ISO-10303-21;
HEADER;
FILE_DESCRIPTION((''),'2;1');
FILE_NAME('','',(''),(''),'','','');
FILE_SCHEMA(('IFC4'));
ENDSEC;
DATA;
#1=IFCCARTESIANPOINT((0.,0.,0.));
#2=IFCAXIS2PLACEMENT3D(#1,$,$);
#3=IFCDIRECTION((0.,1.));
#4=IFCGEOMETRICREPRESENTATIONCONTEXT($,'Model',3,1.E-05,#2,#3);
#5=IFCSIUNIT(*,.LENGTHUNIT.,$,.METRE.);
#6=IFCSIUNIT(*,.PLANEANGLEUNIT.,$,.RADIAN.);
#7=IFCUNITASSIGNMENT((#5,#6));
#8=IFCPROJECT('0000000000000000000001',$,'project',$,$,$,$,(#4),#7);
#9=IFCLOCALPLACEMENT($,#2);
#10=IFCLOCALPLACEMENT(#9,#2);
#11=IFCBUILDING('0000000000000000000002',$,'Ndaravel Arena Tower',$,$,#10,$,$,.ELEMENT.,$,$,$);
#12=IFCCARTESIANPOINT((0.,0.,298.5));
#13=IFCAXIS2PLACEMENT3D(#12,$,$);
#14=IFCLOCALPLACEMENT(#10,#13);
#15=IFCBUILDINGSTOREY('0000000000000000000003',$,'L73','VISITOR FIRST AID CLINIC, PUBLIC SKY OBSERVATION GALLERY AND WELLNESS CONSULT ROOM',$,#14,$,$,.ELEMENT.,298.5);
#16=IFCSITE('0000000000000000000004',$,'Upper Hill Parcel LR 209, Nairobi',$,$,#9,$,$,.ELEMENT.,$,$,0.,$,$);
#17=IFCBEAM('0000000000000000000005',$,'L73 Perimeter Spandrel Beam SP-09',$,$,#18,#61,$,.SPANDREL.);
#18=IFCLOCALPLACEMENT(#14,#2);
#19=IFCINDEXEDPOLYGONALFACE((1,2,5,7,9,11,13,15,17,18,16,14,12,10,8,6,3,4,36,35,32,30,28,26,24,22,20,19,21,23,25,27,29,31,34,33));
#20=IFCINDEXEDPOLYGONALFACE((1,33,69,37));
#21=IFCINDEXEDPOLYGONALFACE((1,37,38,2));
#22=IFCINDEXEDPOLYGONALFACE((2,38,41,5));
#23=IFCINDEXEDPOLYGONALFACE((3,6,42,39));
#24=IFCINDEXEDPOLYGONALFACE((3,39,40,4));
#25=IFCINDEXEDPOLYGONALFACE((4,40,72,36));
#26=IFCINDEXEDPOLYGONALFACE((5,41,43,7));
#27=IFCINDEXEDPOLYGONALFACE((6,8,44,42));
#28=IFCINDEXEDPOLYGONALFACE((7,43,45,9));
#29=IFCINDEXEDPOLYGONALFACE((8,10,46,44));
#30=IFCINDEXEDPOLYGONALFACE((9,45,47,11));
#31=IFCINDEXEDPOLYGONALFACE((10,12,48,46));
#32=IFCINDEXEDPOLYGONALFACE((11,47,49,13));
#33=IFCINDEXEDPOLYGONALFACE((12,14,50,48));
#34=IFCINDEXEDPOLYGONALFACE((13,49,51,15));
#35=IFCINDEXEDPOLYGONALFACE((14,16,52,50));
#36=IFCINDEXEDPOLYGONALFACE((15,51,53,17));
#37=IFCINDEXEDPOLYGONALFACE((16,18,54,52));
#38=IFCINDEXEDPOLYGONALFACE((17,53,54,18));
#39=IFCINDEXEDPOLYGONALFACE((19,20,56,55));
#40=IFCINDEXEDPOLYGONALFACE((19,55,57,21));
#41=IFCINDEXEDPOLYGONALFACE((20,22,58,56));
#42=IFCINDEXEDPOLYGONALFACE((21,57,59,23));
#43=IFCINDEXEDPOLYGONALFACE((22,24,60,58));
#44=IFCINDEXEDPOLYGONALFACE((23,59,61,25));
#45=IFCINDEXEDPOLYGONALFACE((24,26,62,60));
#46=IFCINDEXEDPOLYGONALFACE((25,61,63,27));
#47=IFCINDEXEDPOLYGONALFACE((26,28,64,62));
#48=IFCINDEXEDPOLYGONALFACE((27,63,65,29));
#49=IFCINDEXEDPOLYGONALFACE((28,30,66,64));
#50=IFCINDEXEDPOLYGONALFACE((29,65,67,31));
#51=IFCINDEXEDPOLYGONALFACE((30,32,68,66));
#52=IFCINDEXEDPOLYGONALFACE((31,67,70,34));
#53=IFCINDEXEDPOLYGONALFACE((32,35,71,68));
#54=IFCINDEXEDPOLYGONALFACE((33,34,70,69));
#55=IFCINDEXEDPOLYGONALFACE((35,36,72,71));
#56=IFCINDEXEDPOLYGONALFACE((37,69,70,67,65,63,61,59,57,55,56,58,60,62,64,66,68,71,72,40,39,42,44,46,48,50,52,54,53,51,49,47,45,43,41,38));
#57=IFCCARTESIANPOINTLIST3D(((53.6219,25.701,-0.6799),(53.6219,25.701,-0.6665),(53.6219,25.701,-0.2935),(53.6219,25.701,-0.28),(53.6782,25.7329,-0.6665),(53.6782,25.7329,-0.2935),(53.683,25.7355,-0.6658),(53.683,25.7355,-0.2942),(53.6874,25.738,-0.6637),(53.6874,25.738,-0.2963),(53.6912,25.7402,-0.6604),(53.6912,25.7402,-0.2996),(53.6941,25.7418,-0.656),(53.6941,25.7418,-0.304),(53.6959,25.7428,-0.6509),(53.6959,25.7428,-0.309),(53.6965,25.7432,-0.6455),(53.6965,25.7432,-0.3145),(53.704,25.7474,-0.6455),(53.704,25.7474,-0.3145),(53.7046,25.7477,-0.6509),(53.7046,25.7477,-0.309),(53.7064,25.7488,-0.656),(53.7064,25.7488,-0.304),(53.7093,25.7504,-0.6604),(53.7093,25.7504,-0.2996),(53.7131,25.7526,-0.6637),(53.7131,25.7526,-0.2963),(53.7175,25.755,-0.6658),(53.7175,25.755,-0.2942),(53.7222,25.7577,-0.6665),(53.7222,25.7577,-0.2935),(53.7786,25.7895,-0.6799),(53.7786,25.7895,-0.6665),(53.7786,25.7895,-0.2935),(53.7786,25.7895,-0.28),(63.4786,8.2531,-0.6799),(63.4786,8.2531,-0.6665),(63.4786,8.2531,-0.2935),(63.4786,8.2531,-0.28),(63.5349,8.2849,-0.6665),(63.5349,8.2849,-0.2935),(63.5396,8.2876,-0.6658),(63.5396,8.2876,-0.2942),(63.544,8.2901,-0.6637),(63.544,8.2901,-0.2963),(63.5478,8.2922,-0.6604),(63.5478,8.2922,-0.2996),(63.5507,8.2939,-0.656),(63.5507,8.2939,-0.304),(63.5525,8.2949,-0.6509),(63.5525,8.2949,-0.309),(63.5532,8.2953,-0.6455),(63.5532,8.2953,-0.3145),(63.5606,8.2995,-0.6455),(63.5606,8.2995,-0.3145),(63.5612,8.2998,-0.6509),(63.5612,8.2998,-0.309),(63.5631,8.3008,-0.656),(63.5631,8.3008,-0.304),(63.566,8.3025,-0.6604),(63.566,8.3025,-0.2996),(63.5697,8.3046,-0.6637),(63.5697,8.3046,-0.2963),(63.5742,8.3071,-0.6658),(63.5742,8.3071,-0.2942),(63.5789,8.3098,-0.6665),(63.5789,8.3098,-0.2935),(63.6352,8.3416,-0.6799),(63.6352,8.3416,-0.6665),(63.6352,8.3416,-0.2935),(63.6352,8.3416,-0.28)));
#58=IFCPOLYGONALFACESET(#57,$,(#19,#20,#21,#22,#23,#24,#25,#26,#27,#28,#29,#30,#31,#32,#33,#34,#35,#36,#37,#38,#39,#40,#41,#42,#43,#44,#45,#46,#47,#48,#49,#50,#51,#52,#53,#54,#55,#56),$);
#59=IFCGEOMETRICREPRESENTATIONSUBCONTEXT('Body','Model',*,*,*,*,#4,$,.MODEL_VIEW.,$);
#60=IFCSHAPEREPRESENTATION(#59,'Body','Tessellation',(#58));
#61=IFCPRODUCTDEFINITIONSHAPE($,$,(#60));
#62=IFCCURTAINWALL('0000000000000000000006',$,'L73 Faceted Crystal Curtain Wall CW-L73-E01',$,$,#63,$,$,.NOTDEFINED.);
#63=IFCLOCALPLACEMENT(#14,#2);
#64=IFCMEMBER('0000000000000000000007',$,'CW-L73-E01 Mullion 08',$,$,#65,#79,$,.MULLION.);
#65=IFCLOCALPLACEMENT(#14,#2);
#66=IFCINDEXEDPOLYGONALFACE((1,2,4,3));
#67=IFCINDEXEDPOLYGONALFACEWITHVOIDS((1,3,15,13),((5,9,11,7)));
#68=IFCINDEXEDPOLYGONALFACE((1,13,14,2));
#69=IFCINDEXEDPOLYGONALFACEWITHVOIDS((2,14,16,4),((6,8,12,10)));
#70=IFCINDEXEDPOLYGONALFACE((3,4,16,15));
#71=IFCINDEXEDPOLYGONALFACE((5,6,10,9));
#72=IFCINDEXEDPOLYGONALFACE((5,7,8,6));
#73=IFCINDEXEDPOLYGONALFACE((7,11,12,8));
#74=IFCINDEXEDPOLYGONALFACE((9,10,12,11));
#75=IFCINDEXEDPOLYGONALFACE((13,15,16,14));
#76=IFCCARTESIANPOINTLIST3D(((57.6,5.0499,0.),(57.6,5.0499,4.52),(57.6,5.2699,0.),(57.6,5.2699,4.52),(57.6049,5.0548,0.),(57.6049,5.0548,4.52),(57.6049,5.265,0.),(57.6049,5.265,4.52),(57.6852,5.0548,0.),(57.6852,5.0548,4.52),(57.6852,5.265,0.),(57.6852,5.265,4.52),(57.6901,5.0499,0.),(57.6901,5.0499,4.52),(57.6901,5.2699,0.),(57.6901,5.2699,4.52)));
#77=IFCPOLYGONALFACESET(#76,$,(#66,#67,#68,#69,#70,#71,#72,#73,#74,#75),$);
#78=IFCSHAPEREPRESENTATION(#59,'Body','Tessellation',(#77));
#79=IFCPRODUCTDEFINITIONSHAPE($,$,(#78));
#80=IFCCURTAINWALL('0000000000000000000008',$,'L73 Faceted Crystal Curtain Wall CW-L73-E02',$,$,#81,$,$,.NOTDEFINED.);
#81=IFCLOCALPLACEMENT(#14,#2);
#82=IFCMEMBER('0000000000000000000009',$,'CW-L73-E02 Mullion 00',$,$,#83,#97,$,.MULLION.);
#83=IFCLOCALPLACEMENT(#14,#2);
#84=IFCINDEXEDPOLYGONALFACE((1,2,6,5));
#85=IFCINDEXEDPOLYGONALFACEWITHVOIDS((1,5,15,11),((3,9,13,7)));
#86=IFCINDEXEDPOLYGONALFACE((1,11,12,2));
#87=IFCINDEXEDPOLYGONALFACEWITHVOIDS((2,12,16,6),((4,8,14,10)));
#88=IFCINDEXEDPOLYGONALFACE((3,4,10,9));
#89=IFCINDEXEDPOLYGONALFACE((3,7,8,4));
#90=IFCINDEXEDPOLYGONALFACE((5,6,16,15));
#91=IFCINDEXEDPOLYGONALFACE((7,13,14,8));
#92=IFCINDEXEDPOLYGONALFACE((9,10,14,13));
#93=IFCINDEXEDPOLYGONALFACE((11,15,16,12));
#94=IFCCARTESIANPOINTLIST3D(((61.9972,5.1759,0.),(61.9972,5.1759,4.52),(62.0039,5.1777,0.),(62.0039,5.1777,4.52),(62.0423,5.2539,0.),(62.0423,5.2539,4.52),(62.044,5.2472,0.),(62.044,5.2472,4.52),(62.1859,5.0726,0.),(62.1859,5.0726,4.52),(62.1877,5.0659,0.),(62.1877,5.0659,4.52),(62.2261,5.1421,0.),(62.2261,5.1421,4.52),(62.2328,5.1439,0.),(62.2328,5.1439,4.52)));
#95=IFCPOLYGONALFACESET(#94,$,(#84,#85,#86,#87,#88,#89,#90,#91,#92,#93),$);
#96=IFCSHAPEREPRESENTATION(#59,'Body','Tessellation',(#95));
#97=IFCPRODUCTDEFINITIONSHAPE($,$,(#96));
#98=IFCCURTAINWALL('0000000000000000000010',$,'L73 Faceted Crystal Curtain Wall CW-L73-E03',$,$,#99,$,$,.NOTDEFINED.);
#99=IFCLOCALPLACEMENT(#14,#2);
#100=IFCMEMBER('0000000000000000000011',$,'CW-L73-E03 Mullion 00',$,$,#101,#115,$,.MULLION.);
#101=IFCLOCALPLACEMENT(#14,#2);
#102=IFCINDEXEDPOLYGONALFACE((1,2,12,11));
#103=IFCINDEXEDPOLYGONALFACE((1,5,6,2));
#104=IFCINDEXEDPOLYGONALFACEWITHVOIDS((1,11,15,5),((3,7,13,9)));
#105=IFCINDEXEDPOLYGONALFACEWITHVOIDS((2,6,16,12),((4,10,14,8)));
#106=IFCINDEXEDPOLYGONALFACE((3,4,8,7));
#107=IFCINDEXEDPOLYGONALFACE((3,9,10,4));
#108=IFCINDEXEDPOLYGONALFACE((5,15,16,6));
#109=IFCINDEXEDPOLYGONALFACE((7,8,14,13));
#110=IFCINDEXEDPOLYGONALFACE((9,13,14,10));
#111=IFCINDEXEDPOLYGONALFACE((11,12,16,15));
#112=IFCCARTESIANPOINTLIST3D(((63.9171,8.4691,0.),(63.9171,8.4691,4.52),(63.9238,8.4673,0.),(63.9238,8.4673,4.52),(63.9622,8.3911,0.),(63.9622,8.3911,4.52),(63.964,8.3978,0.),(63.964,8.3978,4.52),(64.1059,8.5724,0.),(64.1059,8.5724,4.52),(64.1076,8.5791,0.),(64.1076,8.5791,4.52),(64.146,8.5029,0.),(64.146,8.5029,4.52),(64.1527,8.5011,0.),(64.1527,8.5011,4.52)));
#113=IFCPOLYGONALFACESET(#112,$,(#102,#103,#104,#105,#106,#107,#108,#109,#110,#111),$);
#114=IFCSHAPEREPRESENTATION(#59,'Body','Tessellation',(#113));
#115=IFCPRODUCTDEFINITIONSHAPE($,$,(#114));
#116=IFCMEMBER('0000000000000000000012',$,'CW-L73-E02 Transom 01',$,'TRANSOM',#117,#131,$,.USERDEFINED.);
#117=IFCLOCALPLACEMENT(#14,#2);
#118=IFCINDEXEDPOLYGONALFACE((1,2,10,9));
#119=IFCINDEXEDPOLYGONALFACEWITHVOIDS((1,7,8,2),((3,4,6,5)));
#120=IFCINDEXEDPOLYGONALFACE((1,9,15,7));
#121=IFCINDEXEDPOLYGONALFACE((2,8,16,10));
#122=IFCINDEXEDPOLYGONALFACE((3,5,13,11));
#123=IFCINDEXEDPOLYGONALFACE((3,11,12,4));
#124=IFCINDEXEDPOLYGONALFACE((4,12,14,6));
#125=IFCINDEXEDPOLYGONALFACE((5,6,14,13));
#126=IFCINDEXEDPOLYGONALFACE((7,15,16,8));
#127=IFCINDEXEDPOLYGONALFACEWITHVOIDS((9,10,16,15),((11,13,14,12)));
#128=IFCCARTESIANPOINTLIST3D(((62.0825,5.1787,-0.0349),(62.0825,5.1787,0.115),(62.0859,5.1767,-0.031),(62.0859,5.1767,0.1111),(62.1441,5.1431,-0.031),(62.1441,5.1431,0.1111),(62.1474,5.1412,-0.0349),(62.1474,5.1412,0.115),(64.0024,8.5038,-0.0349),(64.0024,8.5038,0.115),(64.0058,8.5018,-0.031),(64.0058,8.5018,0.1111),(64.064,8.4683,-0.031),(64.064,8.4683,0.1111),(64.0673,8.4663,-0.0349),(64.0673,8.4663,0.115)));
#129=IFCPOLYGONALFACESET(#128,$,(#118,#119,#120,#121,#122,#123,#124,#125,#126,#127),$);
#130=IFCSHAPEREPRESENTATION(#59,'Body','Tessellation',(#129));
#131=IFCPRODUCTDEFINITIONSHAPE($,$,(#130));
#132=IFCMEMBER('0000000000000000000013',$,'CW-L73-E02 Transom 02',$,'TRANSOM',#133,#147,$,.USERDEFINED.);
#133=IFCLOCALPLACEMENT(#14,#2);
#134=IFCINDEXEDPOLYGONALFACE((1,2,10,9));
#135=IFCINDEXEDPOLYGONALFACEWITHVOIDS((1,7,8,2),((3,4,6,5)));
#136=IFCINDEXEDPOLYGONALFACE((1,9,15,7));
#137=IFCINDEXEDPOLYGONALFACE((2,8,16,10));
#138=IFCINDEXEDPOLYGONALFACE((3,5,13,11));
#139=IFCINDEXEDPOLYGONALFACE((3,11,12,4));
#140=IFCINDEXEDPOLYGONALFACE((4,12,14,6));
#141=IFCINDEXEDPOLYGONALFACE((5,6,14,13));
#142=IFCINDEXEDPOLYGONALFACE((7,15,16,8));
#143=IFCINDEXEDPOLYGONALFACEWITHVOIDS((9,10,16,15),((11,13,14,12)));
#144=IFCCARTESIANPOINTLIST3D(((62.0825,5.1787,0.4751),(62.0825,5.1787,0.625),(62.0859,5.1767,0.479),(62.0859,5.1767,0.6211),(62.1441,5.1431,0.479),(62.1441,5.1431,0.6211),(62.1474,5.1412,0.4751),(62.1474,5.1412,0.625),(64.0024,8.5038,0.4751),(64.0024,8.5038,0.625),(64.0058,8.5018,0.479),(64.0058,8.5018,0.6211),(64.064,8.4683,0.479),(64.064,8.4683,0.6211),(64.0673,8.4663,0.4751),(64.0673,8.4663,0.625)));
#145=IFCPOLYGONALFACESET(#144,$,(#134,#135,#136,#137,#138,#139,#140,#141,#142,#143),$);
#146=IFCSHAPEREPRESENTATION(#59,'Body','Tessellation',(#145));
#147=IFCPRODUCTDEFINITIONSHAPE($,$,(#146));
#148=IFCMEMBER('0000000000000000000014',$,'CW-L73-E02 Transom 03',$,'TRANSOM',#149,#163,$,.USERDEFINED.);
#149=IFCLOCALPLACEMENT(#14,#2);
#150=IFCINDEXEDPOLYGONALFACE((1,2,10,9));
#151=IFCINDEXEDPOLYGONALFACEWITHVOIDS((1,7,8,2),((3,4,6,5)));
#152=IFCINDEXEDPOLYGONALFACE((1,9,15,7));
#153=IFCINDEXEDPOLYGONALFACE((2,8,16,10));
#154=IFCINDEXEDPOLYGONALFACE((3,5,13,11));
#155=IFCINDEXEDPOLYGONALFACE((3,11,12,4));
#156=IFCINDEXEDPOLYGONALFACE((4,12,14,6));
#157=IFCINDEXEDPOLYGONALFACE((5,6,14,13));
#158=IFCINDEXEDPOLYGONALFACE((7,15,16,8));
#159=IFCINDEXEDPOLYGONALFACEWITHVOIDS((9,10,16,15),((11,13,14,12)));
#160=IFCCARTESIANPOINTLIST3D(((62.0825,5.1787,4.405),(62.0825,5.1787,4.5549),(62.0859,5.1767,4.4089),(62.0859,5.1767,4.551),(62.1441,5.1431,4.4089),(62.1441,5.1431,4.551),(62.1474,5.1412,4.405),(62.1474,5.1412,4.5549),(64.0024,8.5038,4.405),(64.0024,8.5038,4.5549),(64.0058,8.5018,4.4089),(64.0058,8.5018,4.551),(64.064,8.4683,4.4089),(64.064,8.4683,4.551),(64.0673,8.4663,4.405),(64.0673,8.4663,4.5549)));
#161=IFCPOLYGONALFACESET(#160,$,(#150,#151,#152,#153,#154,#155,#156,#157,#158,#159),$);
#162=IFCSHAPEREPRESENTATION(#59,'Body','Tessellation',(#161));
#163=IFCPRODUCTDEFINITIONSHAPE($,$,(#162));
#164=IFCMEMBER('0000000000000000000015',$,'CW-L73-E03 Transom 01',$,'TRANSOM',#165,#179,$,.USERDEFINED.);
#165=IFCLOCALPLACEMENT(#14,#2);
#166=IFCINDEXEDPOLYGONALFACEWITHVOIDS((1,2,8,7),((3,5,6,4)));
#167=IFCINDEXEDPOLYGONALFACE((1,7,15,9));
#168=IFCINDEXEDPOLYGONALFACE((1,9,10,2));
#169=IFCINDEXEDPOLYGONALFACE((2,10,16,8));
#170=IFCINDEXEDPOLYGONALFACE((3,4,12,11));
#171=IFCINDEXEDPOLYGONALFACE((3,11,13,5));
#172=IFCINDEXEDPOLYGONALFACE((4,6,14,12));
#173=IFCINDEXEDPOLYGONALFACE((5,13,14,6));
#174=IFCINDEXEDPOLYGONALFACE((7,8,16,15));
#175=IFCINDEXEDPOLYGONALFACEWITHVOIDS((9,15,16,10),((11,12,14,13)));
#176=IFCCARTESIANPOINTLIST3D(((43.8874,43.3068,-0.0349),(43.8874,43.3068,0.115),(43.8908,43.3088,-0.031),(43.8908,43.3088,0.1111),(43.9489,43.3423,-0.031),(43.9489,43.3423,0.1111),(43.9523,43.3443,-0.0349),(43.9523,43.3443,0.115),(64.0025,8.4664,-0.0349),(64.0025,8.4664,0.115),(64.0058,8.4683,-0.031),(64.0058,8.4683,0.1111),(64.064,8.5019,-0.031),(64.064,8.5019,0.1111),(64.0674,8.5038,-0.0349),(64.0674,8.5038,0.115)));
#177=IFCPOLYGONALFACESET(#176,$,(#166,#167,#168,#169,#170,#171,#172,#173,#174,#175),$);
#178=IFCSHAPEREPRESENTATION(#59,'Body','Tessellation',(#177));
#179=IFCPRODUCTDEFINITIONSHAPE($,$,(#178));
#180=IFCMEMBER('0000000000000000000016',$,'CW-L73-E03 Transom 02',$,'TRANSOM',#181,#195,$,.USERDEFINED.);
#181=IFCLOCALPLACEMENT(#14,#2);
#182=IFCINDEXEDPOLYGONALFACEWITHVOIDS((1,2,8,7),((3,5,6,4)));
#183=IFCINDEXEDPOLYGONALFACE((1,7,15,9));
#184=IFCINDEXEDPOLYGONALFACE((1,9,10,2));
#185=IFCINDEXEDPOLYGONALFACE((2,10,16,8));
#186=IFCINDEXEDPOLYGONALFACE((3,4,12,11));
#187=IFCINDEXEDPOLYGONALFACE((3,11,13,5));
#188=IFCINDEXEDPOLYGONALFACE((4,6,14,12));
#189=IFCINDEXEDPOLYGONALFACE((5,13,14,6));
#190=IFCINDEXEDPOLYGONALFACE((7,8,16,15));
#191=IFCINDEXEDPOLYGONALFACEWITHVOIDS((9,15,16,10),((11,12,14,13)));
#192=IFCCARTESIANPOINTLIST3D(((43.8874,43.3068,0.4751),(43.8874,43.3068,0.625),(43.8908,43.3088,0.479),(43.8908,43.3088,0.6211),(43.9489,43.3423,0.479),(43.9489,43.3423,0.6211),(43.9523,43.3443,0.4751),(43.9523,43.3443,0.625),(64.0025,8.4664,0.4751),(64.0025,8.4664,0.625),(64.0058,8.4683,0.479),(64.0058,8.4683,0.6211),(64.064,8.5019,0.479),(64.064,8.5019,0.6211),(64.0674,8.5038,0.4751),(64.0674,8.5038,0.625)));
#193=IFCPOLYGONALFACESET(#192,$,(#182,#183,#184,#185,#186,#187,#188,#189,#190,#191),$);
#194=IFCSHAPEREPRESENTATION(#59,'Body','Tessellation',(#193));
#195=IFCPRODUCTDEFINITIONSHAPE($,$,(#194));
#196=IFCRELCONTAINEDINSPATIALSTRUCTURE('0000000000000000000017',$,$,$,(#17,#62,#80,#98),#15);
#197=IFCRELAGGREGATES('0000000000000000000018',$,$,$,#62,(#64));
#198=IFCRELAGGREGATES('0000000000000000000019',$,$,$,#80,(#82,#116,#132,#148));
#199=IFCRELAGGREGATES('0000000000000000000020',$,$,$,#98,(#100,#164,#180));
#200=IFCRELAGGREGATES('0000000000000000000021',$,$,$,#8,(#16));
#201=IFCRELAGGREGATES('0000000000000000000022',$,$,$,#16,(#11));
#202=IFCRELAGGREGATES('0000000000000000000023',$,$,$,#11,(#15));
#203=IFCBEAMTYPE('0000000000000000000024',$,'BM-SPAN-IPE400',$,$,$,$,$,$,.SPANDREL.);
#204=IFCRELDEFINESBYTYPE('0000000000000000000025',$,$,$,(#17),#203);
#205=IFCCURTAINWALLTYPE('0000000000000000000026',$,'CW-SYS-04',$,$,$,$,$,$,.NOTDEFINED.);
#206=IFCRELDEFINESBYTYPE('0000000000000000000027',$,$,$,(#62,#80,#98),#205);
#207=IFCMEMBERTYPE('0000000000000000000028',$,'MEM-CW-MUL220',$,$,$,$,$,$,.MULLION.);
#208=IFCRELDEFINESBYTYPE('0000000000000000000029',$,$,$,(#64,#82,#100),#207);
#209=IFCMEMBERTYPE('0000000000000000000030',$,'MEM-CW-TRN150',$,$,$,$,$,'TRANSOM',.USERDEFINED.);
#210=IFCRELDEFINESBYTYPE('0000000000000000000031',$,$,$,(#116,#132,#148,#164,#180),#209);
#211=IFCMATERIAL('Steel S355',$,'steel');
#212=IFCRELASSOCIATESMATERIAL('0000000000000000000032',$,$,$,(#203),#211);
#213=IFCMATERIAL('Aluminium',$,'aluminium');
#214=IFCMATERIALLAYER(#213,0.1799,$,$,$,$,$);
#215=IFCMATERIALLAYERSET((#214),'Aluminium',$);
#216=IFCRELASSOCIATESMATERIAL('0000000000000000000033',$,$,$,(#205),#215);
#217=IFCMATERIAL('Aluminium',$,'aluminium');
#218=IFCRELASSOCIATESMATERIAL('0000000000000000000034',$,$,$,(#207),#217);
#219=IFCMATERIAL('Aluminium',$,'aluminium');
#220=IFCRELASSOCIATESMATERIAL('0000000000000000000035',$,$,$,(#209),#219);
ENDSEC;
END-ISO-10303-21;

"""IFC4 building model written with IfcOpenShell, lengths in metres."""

from ifc_helpers import new_model, si_unit, direction, frame, origin, origin_2d, place, context, subcontext, project, spatial, hollow_rectangle, i_section, extrude, material, layer, layer_set, material_profile, profile_set, type_object, element, aggregate, save


model = new_model("IFC4")

# Units and contexts
model_context = context("Model", 3, precision=1e-05, world=origin(), true_north=direction((0.0, 1.0)))
body_context = subcontext(model_context, "Body", "Model", "MODEL_VIEW")
ifc_project = project(units=[si_unit("LENGTHUNIT", "METRE"), si_unit("PLANEANGLEUNIT", "RADIAN")], contexts=[model_context])

# Site, building, storey
site_placement = place(None, origin())
site = spatial("IfcSite", under=ifc_project, at=site_placement, Name="Upper Hill Parcel LR 209, Nairobi", CompositionType="ELEMENT", RefElevation=0.0)
building_placement = place(site_placement, origin())
building = spatial("IfcBuilding", under=site, at=building_placement, Name="Ndaravel Arena Tower", CompositionType="ELEMENT")
storey_placement = place(building_placement, frame((0.0, 0.0, 298.5)))
storey = spatial("IfcBuildingStorey", under=building, at=storey_placement, Name="L73", Description="VISITOR FIRST AID CLINIC, PUBLIC SKY OBSERVATION GALLERY AND WELLNESS CONSULT ROOM", CompositionType="ELEMENT", Elevation=298.5)

# Beam
ifc_material_1 = material(Name="Steel S355", Category="steel")
ifc_material_profile_1 = material_profile(ifc_material_1, i_section(OverallWidth=0.1799, OverallDepth=0.3999, WebThickness=0.0085, FlangeThickness=0.0134, FilletRadius=0.021, at=origin_2d()), Name="IPE 400")
ifc_profile_set_1 = profile_set([ifc_material_profile_1], Name="Steel S355")
beam_type = type_object("IfcBeamType", Name="BM-SPAN-IPE400", PredefinedType="SPANDREL", material=ifc_profile_set_1)
beam_placement = place(storey_placement, frame((63.5569, 8.2974, -0.48), z_axis=(-0.49186, 0.870674, 0.0), x_axis=(-0.870674, -0.49186, 0.0)))
element("IfcBeam", 1, at=beam_placement, inside=storey, type_object=beam_type, Name="L73 Perimeter Spandrel Beam SP-09", PredefinedType="SPANDREL", context=body_context, shape_type="SweptSolid", body=[
    extrude(i_section(OverallWidth=0.1799, OverallDepth=0.3999, WebThickness=0.0085, FlangeThickness=0.0134, FilletRadius=0.021, at=origin_2d()), origin(), (0.0, 0.0, 1.0), 20.0396),
])

# Curtain walls, members
ifc_material_2 = material(Name="Aluminium", Category="aluminium")
ifc_layer_1 = layer(ifc_material_2, 0.1799)
ifc_layer_set_1 = layer_set([ifc_layer_1], Name="Aluminium")
curtain_wall_type = type_object("IfcCurtainWallType", Name="CW-SYS-04", PredefinedType="NOTDEFINED", material=ifc_layer_set_1)
curtain_wall_1_placement = place(storey_placement, origin())
curtain_wall_1 = element("IfcCurtainWall", 2, at=curtain_wall_1_placement, inside=storey, type_object=curtain_wall_type, Name="L73 Faceted Crystal Curtain Wall CW-L73-E01", PredefinedType="NOTDEFINED")
ifc_material_3 = material(Name="Aluminium", Category="aluminium")
ifc_material_profile_2 = material_profile(ifc_material_3, hollow_rectangle(XDim=0.0901, YDim=0.22, WallThickness=0.0049, at=origin_2d()), Name="CW MULLION 90x220x5")
ifc_profile_set_2 = profile_set([ifc_material_profile_2], Name="Aluminium")
member_type_1 = type_object("IfcMemberType", Name="MEM-CW-MUL220", PredefinedType="MULLION", material=ifc_profile_set_2)
member_1_placement = place(storey_placement, frame((57.645, 5.1599, 0.0), z_axis=(0.0, 0.0, 1.0), x_axis=(1.0, 0.0, 0.0)))
member_1 = element("IfcMember", 3, at=member_1_placement, type_object=member_type_1, Name="CW-L73-E01 Mullion 08", PredefinedType="MULLION", context=body_context, shape_type="SweptSolid", body=[
    extrude(hollow_rectangle(XDim=0.0901, YDim=0.22, WallThickness=0.0049, at=origin_2d()), origin(), (0.0, 0.0, 1.0), 4.52),
])
curtain_wall_2_placement = place(storey_placement, origin())
curtain_wall_2 = element("IfcCurtainWall", 4, at=curtain_wall_2_placement, inside=storey, type_object=curtain_wall_type, Name="L73 Faceted Crystal Curtain Wall CW-L73-E02", PredefinedType="NOTDEFINED")
member_2_placement = place(storey_placement, frame((62.115, 5.1599, 0.0), z_axis=(0.0, 0.0, 1.0), x_axis=(0.5, 0.866025, 0.0)))
member_2 = element("IfcMember", 5, at=member_2_placement, type_object=member_type_1, Name="CW-L73-E02 Mullion 00", PredefinedType="MULLION", context=body_context, shape_type="SweptSolid", body=[
    extrude(hollow_rectangle(XDim=0.0901, YDim=0.22, WallThickness=0.0049, at=origin_2d()), origin(), (0.0, 0.0, 1.0), 4.52),
])
curtain_wall_3_placement = place(storey_placement, origin())
curtain_wall_3 = element("IfcCurtainWall", 6, at=curtain_wall_3_placement, inside=storey, type_object=curtain_wall_type, Name="L73 Faceted Crystal Curtain Wall CW-L73-E03", PredefinedType="NOTDEFINED")
member_3_placement = place(storey_placement, frame((64.0349, 8.4851, 0.0), z_axis=(0.0, 0.0, 1.0), x_axis=(-0.5, 0.866025, 0.0)))
member_3 = element("IfcMember", 7, at=member_3_placement, type_object=member_type_1, Name="CW-L73-E03 Mullion 00", PredefinedType="MULLION", context=body_context, shape_type="SweptSolid", body=[
    extrude(hollow_rectangle(XDim=0.0901, YDim=0.22, WallThickness=0.0049, at=origin_2d()), origin(), (0.0, 0.0, 1.0), 4.52),
])

# Members
ifc_material_4 = material(Name="Aluminium", Category="aluminium")
ifc_material_profile_3 = material_profile(ifc_material_4, hollow_rectangle(XDim=0.075, YDim=0.1499, WallThickness=0.0039, at=origin_2d()), Name="CW TRANSOM 75x150x4")
ifc_profile_set_3 = profile_set([ifc_material_profile_3], Name="Aluminium")
member_type_2 = type_object("IfcMemberType", Name="MEM-CW-TRN150", ElementType="TRANSOM", PredefinedType="USERDEFINED", material=ifc_profile_set_3)
member_4_placement = place(storey_placement, frame((62.115, 5.1599, 0.04), z_axis=(0.500023, 0.866012, 0.0), x_axis=(-0.866012, 0.500023, 0.0)))
member_4 = element("IfcMember", 8, at=member_4_placement, type_object=member_type_2, Name="CW-L73-E02 Transom 01", ObjectType="TRANSOM", PredefinedType="USERDEFINED", context=body_context, shape_type="SweptSolid", body=[
    extrude(hollow_rectangle(XDim=0.075, YDim=0.1499, WallThickness=0.0039, at=origin_2d()), origin(), (0.0, 0.0, 1.0), 3.8396),
])
member_5_placement = place(storey_placement, frame((62.115, 5.1599, 0.55), z_axis=(0.500023, 0.866012, 0.0), x_axis=(-0.866012, 0.500023, 0.0)))
member_5 = element("IfcMember", 9, at=member_5_placement, type_object=member_type_2, Name="CW-L73-E02 Transom 02", ObjectType="TRANSOM", PredefinedType="USERDEFINED", context=body_context, shape_type="SweptSolid", body=[
    extrude(hollow_rectangle(XDim=0.075, YDim=0.1499, WallThickness=0.0039, at=origin_2d()), origin(), (0.0, 0.0, 1.0), 3.8396),
])
member_6_placement = place(storey_placement, frame((62.115, 5.1599, 4.48), z_axis=(0.500023, 0.866012, 0.0), x_axis=(-0.866012, 0.500023, 0.0)))
member_6 = element("IfcMember", 10, at=member_6_placement, type_object=member_type_2, Name="CW-L73-E02 Transom 03", ObjectType="TRANSOM", PredefinedType="USERDEFINED", context=body_context, shape_type="SweptSolid", body=[
    extrude(hollow_rectangle(XDim=0.075, YDim=0.1499, WallThickness=0.0039, at=origin_2d()), origin(), (0.0, 0.0, 1.0), 3.8396),
])
member_7_placement = place(storey_placement, frame((64.0349, 8.4851, 0.04), z_axis=(-0.499998, 0.866026, 0.0), x_axis=(-0.866026, -0.499998, 0.0)))
member_7 = element("IfcMember", 11, at=member_7_placement, type_object=member_type_2, Name="CW-L73-E03 Transom 01", ObjectType="TRANSOM", PredefinedType="USERDEFINED", context=body_context, shape_type="SweptSolid", body=[
    extrude(hollow_rectangle(XDim=0.075, YDim=0.1499, WallThickness=0.0039, at=origin_2d()), origin(), (0.0, 0.0, 1.0), 40.2302),
])
member_8_placement = place(storey_placement, frame((64.0349, 8.4851, 0.55), z_axis=(-0.499998, 0.866026, 0.0), x_axis=(-0.866026, -0.499998, 0.0)))
member_8 = element("IfcMember", 12, at=member_8_placement, type_object=member_type_2, Name="CW-L73-E03 Transom 02", ObjectType="TRANSOM", PredefinedType="USERDEFINED", context=body_context, shape_type="SweptSolid", body=[
    extrude(hollow_rectangle(XDim=0.075, YDim=0.1499, WallThickness=0.0039, at=origin_2d()), origin(), (0.0, 0.0, 1.0), 40.2302),
])

aggregate(curtain_wall_1, [member_1])
aggregate(curtain_wall_2, [member_2, member_4, member_5, member_6])
aggregate(curtain_wall_3, [member_3, member_7, member_8])

save(model, "model.ifc")
